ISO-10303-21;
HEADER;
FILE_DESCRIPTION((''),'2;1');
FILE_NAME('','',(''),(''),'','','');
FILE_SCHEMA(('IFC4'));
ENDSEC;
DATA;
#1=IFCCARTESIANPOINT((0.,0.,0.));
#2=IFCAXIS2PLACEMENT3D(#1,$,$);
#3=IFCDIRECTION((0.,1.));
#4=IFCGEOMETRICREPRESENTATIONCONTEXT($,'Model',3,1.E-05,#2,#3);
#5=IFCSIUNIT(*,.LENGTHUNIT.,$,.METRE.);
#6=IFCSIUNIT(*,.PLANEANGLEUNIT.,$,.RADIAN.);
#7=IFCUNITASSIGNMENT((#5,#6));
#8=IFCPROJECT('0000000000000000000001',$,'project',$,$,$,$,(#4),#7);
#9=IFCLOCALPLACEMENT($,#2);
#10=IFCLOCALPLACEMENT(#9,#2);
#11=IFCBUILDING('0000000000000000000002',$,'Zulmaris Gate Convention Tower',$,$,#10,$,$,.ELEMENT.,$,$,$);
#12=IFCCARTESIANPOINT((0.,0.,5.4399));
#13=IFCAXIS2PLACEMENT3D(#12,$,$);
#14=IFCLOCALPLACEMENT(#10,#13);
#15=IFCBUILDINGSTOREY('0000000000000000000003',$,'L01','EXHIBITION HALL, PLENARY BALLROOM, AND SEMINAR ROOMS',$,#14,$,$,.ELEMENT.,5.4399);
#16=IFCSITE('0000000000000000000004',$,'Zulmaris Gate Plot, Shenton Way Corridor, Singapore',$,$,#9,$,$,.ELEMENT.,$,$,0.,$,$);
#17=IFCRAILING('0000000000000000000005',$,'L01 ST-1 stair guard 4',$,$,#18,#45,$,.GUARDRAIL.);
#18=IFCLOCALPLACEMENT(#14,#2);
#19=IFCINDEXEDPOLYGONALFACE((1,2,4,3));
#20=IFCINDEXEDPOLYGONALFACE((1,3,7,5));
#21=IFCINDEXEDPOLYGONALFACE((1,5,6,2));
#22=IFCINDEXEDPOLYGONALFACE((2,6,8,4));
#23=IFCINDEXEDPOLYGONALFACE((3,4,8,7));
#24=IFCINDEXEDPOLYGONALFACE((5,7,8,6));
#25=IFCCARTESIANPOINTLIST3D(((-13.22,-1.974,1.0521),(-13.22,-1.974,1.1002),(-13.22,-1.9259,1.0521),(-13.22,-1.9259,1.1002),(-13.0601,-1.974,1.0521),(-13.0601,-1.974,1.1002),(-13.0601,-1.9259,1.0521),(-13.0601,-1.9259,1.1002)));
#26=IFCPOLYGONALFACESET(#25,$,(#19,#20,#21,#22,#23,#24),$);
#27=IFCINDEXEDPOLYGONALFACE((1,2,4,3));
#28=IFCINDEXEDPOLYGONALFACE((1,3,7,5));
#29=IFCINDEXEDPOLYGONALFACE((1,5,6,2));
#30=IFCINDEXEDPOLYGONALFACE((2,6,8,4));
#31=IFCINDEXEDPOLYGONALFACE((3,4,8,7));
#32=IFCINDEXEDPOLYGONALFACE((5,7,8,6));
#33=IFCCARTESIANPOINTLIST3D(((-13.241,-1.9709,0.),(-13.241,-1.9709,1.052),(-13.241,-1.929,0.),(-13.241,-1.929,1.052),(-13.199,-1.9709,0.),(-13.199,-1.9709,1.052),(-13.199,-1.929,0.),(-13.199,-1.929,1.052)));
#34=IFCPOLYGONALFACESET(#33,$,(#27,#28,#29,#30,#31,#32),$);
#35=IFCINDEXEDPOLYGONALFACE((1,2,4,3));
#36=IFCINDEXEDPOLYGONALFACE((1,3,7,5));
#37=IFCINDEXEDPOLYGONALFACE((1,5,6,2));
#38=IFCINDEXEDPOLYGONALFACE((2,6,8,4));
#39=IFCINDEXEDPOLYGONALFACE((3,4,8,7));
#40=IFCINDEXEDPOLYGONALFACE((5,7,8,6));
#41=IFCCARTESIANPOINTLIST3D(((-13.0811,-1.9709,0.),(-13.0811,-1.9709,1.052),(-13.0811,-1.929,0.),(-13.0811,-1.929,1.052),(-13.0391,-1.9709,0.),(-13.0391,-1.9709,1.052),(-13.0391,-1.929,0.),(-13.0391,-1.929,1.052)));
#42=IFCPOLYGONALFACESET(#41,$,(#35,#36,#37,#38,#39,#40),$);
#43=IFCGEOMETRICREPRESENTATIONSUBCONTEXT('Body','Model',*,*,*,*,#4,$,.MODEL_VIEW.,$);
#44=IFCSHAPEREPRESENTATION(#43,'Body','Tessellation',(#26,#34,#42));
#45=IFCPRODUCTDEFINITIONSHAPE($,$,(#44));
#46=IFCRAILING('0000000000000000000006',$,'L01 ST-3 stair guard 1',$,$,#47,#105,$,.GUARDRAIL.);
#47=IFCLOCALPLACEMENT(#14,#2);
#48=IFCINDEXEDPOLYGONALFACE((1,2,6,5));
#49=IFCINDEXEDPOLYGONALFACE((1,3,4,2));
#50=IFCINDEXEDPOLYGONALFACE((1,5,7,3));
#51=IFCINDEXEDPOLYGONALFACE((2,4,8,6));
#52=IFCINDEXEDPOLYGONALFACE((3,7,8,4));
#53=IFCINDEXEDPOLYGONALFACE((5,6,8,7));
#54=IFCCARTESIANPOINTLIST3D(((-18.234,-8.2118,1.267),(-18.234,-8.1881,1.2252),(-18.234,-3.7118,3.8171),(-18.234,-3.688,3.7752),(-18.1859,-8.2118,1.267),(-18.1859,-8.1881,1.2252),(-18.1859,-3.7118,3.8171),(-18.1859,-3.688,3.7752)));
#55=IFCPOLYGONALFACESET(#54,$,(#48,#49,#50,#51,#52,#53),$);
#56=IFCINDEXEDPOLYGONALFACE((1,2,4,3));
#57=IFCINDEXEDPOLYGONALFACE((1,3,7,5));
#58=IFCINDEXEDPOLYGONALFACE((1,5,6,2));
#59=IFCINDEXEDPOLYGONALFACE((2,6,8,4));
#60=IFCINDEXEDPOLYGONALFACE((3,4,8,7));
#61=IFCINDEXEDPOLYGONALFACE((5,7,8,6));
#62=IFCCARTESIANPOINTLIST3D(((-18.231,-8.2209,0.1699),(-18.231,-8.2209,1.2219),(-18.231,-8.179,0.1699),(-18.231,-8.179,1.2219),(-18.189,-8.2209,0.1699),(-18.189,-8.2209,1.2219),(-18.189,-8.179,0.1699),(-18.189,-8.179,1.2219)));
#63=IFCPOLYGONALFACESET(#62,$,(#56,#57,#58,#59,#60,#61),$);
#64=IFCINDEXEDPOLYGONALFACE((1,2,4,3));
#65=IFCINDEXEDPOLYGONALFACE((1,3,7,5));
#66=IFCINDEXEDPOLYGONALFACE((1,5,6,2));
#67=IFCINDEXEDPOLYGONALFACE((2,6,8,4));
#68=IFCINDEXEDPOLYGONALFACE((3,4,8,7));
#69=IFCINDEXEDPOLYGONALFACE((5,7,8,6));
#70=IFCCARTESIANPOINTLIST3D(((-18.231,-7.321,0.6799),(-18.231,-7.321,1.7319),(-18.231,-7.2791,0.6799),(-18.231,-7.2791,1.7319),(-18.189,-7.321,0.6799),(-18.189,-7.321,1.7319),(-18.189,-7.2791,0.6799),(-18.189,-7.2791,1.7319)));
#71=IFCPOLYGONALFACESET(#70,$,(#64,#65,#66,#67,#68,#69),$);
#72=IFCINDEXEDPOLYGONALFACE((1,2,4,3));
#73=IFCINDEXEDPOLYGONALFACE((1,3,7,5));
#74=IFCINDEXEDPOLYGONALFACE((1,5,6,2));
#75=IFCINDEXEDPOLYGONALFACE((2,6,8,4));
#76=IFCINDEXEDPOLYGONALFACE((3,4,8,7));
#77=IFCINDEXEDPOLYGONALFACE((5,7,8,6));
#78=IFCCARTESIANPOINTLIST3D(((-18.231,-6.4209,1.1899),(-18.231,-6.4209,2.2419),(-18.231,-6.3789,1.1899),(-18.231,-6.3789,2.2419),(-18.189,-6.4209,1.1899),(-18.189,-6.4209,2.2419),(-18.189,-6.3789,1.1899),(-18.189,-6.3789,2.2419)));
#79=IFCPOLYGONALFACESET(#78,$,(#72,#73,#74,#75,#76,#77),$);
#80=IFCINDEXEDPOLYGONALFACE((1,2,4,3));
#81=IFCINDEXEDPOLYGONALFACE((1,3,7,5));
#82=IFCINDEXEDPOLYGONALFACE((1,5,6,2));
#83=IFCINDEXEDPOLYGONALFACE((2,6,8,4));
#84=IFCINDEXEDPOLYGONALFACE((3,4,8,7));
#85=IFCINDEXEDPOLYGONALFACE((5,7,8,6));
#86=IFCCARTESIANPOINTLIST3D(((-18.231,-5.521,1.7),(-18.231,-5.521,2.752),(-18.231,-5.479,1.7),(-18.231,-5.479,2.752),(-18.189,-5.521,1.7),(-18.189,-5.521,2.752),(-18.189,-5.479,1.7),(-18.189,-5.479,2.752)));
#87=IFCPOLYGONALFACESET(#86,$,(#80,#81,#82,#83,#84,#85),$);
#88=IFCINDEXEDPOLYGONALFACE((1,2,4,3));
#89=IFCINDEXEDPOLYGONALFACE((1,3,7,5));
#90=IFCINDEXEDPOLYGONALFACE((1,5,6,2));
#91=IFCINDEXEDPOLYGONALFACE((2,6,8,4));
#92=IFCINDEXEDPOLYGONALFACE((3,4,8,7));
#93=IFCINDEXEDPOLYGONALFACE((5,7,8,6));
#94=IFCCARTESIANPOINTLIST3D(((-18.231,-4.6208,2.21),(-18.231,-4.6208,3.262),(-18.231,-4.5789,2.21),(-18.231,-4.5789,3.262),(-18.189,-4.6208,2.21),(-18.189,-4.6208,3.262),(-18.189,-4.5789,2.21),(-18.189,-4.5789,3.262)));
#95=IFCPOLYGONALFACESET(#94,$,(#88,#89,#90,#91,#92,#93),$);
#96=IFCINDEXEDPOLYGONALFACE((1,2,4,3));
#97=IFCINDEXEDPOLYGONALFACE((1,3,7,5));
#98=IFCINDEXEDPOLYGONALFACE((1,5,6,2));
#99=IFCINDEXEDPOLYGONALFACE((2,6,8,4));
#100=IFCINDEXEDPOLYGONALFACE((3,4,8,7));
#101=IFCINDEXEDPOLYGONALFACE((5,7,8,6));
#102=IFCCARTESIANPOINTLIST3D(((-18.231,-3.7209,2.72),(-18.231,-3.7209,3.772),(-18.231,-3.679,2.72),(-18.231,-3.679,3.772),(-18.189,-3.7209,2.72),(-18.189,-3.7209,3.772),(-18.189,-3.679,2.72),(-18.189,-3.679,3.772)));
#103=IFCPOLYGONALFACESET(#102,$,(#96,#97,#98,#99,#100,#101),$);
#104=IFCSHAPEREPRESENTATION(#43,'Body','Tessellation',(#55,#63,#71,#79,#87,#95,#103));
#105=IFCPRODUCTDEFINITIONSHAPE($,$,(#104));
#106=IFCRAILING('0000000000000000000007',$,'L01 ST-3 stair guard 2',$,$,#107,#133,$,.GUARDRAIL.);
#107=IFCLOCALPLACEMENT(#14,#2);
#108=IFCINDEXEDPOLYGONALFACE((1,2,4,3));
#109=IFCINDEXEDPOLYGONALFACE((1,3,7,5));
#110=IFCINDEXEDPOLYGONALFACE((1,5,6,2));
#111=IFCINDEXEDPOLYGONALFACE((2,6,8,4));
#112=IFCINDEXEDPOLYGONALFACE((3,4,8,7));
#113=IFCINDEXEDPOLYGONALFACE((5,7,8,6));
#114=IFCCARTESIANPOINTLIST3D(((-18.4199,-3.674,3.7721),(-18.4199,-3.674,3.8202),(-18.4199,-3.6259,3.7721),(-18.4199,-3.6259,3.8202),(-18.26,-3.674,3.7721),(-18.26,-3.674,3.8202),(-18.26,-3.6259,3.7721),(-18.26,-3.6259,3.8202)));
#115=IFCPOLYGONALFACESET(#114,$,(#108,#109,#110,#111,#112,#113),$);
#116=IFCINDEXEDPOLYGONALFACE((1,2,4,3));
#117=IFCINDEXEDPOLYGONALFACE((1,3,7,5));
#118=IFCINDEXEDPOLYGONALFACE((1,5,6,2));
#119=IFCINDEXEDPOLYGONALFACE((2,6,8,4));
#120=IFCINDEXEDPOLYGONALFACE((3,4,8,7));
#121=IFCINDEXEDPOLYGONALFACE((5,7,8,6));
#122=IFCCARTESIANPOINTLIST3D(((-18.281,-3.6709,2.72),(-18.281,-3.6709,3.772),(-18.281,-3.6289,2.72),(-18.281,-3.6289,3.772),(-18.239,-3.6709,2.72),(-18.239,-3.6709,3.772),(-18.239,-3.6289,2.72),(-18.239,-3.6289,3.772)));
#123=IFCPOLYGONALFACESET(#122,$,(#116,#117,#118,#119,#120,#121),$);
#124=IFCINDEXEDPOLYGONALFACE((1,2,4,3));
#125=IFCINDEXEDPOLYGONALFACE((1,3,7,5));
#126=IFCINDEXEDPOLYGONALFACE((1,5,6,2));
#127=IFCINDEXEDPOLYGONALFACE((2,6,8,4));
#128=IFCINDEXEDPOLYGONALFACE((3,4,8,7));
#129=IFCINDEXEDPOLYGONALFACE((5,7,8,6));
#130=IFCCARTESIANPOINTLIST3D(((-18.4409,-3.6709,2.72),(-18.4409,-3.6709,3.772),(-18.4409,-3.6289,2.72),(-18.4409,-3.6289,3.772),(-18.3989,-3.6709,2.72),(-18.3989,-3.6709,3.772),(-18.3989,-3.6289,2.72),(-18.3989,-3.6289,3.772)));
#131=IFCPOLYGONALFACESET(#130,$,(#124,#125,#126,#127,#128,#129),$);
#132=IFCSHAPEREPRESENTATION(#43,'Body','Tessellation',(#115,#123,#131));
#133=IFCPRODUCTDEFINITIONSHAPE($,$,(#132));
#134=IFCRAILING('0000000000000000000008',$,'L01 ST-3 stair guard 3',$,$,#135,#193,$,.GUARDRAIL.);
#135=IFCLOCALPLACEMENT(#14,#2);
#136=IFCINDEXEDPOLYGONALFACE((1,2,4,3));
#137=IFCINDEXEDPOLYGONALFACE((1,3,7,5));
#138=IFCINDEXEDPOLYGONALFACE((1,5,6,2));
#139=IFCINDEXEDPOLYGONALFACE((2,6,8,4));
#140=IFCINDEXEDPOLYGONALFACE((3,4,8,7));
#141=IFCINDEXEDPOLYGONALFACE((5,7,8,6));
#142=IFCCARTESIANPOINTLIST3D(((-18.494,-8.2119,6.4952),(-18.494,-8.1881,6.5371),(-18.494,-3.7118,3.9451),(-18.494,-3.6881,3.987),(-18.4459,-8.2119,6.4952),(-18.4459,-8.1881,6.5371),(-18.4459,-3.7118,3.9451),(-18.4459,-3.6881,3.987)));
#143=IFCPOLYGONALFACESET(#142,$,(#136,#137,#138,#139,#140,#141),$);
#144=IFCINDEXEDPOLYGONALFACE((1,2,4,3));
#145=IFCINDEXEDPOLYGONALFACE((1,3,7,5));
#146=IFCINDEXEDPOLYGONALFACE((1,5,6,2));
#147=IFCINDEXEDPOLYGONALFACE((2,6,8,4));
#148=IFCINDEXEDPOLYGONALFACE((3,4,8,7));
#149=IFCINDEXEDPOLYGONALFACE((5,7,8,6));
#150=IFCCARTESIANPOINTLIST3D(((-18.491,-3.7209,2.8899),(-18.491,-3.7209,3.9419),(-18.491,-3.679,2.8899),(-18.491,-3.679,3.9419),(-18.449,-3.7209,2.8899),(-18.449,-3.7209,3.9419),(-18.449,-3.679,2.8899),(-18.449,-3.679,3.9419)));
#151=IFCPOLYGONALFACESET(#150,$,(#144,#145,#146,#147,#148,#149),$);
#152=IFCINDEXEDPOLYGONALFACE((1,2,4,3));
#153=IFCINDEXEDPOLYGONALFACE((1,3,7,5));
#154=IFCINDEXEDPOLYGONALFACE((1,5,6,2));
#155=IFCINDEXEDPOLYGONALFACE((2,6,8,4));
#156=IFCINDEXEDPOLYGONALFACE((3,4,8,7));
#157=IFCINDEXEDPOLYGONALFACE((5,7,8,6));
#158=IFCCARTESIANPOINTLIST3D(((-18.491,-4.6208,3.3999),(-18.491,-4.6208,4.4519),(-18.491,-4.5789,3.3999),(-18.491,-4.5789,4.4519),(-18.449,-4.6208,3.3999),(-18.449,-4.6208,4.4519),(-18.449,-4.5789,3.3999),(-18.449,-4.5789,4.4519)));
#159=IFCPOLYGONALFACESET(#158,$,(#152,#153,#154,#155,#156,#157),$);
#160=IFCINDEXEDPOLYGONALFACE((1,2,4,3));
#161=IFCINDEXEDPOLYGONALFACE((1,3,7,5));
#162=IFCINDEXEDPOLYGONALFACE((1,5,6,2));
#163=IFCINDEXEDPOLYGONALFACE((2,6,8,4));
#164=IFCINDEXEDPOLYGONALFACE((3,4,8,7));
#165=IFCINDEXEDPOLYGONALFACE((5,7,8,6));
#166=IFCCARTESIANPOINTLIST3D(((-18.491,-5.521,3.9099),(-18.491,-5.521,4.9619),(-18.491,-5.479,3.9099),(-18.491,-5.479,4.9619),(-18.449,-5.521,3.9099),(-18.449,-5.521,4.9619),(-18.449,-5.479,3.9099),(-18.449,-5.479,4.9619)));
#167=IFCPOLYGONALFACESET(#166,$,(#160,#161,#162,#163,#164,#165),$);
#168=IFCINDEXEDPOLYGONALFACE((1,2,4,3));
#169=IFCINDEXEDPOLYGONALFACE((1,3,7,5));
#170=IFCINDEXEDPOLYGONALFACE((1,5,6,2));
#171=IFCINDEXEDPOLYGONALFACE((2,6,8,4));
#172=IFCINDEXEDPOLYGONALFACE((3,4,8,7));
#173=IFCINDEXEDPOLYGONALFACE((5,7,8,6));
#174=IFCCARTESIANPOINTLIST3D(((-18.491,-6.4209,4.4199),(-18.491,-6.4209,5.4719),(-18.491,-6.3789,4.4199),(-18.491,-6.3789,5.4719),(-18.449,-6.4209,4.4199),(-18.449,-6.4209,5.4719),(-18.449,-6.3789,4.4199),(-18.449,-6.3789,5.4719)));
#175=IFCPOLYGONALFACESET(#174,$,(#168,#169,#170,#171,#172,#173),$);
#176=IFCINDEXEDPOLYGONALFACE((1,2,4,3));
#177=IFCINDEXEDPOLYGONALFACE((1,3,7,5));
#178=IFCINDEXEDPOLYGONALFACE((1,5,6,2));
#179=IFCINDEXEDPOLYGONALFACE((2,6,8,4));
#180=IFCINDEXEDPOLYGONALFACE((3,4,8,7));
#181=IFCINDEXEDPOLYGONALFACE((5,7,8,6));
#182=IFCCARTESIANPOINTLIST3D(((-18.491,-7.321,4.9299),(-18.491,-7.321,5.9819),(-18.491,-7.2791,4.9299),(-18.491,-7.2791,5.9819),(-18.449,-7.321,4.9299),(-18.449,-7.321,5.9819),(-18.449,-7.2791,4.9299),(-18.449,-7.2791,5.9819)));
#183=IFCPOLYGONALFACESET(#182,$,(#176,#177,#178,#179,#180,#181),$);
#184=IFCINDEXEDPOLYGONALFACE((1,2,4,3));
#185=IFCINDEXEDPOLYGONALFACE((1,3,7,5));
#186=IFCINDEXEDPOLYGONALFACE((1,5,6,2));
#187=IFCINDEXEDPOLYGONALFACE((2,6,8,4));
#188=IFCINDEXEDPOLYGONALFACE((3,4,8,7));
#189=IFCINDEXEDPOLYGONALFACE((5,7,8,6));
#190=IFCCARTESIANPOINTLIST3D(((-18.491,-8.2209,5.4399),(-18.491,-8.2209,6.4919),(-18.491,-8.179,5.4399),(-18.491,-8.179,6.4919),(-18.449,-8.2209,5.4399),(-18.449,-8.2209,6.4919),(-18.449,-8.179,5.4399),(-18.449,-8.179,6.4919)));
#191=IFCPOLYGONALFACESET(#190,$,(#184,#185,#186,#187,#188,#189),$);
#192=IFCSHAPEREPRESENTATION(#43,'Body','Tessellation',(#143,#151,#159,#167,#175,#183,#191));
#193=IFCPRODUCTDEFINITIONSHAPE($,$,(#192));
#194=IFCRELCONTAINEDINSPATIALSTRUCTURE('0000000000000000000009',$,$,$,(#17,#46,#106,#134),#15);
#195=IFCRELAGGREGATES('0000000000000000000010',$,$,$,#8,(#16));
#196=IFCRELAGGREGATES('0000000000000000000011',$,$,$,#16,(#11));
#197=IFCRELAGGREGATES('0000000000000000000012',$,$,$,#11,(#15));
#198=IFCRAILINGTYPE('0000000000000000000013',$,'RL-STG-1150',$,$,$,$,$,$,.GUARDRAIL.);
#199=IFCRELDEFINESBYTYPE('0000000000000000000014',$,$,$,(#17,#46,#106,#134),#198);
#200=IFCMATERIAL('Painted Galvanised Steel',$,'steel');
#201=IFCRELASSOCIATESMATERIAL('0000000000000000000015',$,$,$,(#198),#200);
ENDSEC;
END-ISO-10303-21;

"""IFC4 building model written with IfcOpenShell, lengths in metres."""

from ifc_helpers import new_model, si_unit, direction, frame, origin, origin_2d, place, context, subcontext, project, spatial, rectangle, extrude, material, type_object, element, save


model = new_model("IFC4")

# Units and contexts
model_context = context("Model", 3, precision=1e-05, world=origin(), true_north=direction((0.0, 1.0)))
body_context = subcontext(model_context, "Body", "Model", "MODEL_VIEW")
ifc_project = project(units=[si_unit("LENGTHUNIT", "METRE"), si_unit("PLANEANGLEUNIT", "RADIAN")], contexts=[model_context])

# Site, building, storey
site_placement = place(None, origin())
site = spatial("IfcSite", under=ifc_project, at=site_placement, Name="Zulmaris Gate Plot, Shenton Way Corridor, Singapore", CompositionType="ELEMENT", RefElevation=0.0)
building_placement = place(site_placement, origin())
building = spatial("IfcBuilding", under=site, at=building_placement, Name="Zulmaris Gate Convention Tower", CompositionType="ELEMENT")
storey_placement = place(building_placement, frame((0.0, 0.0, 5.4399)))
storey = spatial("IfcBuildingStorey", under=building, at=storey_placement, Name="L01", Description="EXHIBITION HALL, PLENARY BALLROOM, AND SEMINAR ROOMS", CompositionType="ELEMENT", Elevation=5.4399)

# Railings
ifc_material_1 = material(Name="Painted Galvanised Steel", Category="steel")
railing_type_1 = type_object("IfcRailingType", Name="RL-STG-1150", PredefinedType="GUARDRAIL", material=ifc_material_1)
railing_1_placement = place(storey_placement, frame((-13.22, -1.95, 0.0)))
element("IfcRailing", 1, at=railing_1_placement, inside=storey, type_object=railing_type_1, Name="L01 ST-1 stair guard 4", PredefinedType="GUARDRAIL", context=body_context, shape_type="SweptSolid", body=[
    extrude(rectangle(XDim=0.0481, YDim=0.0481, at=origin_2d()), frame((0.0, 0.0, 1.0762), z_axis=(1.0, 0.0, 0.0), x_axis=(0.0, 1.0, 0.0)), (0.0, 0.0, 1.0), 0.1599),
    extrude(rectangle(XDim=0.042, YDim=0.042, at=origin_2d()), origin(), (0.0, 0.0, 1.0), 1.052),
    extrude(rectangle(XDim=0.042, YDim=0.042, at=origin_2d()), frame((0.1599, 0.0, 0.0)), (0.0, 0.0, 1.0), 1.052),
])
railing_2_placement = place(storey_placement, frame((-18.21, -8.2, 0.1699)))
element("IfcRailing", 2, at=railing_2_placement, inside=storey, type_object=railing_type_1, Name="L01 ST-3 stair guard 1", PredefinedType="GUARDRAIL", context=body_context, shape_type="SweptSolid", body=[
    extrude(rectangle(XDim=0.0481, YDim=0.0481, at=origin_2d()), frame((0.0, 0.0, 1.0762), z_axis=(0.0, 0.870018, 0.49302), x_axis=(-1.0, 0.0, 0.0)), (0.0, 0.0, 1.0), 5.1724),
    extrude(rectangle(XDim=0.042, YDim=0.042, at=origin_2d()), origin(), (0.0, 0.0, 1.0), 1.052),
    extrude(rectangle(XDim=0.042, YDim=0.042, at=origin_2d()), frame((0.0, 0.8999, 0.51)), (0.0, 0.0, 1.0), 1.052),
    extrude(rectangle(XDim=0.042, YDim=0.042, at=origin_2d()), frame((0.0, 1.8, 1.02)), (0.0, 0.0, 1.0), 1.052),
    extrude(rectangle(XDim=0.042, YDim=0.042, at=origin_2d()), frame((0.0, 2.7, 1.53)), (0.0, 0.0, 1.0), 1.052),
    extrude(rectangle(XDim=0.042, YDim=0.042, at=origin_2d()), frame((0.0, 3.6001, 2.04)), (0.0, 0.0, 1.0), 1.052),
    extrude(rectangle(XDim=0.042, YDim=0.042, at=origin_2d()), frame((0.0, 4.5, 2.55)), (0.0, 0.0, 1.0), 1.052),
])
railing_3_placement = place(storey_placement, frame((-18.26, -3.6499, 2.72)))
element("IfcRailing", 3, at=railing_3_placement, inside=storey, type_object=railing_type_1, Name="L01 ST-3 stair guard 2", PredefinedType="GUARDRAIL", context=body_context, shape_type="SweptSolid", body=[
    extrude(rectangle(XDim=0.0481, YDim=0.0481, at=origin_2d()), frame((0.0, 0.0, 1.0762), z_axis=(-1.0, 0.0, 0.0), x_axis=(0.0, -1.0, 0.0)), (0.0, 0.0, 1.0), 0.1599),
    extrude(rectangle(XDim=0.042, YDim=0.042, at=origin_2d()), origin(), (0.0, 0.0, 1.0), 1.052),
    extrude(rectangle(XDim=0.042, YDim=0.042, at=origin_2d()), frame((-0.1599, 0.0, 0.0)), (0.0, 0.0, 1.0), 1.052),
])
railing_4_placement = place(storey_placement, frame((-18.47, -3.7, 2.8899)))
element("IfcRailing", 4, at=railing_4_placement, inside=storey, type_object=railing_type_1, Name="L01 ST-3 stair guard 3", PredefinedType="GUARDRAIL", context=body_context, shape_type="SweptSolid", body=[
    extrude(rectangle(XDim=0.0481, YDim=0.0481, at=origin_2d()), frame((0.0, 0.0, 1.0762), z_axis=(0.0, -0.870018, 0.49302), x_axis=(1.0, 0.0, 0.0)), (0.0, 0.0, 1.0), 5.1724),
    extrude(rectangle(XDim=0.042, YDim=0.042, at=origin_2d()), origin(), (0.0, 0.0, 1.0), 1.052),
    extrude(rectangle(XDim=0.042, YDim=0.042, at=origin_2d()), frame((0.0, -0.8999, 0.51)), (0.0, 0.0, 1.0), 1.052),
    extrude(rectangle(XDim=0.042, YDim=0.042, at=origin_2d()), frame((0.0, -1.8, 1.02)), (0.0, 0.0, 1.0), 1.052),
    extrude(rectangle(XDim=0.042, YDim=0.042, at=origin_2d()), frame((0.0, -2.7, 1.53)), (0.0, 0.0, 1.0), 1.052),
    extrude(rectangle(XDim=0.042, YDim=0.042, at=origin_2d()), frame((0.0, -3.6001, 2.04)), (0.0, 0.0, 1.0), 1.052),
    extrude(rectangle(XDim=0.042, YDim=0.042, at=origin_2d()), frame((0.0, -4.5, 2.55)), (0.0, 0.0, 1.0), 1.052),
])

save(model, "model.ifc")
